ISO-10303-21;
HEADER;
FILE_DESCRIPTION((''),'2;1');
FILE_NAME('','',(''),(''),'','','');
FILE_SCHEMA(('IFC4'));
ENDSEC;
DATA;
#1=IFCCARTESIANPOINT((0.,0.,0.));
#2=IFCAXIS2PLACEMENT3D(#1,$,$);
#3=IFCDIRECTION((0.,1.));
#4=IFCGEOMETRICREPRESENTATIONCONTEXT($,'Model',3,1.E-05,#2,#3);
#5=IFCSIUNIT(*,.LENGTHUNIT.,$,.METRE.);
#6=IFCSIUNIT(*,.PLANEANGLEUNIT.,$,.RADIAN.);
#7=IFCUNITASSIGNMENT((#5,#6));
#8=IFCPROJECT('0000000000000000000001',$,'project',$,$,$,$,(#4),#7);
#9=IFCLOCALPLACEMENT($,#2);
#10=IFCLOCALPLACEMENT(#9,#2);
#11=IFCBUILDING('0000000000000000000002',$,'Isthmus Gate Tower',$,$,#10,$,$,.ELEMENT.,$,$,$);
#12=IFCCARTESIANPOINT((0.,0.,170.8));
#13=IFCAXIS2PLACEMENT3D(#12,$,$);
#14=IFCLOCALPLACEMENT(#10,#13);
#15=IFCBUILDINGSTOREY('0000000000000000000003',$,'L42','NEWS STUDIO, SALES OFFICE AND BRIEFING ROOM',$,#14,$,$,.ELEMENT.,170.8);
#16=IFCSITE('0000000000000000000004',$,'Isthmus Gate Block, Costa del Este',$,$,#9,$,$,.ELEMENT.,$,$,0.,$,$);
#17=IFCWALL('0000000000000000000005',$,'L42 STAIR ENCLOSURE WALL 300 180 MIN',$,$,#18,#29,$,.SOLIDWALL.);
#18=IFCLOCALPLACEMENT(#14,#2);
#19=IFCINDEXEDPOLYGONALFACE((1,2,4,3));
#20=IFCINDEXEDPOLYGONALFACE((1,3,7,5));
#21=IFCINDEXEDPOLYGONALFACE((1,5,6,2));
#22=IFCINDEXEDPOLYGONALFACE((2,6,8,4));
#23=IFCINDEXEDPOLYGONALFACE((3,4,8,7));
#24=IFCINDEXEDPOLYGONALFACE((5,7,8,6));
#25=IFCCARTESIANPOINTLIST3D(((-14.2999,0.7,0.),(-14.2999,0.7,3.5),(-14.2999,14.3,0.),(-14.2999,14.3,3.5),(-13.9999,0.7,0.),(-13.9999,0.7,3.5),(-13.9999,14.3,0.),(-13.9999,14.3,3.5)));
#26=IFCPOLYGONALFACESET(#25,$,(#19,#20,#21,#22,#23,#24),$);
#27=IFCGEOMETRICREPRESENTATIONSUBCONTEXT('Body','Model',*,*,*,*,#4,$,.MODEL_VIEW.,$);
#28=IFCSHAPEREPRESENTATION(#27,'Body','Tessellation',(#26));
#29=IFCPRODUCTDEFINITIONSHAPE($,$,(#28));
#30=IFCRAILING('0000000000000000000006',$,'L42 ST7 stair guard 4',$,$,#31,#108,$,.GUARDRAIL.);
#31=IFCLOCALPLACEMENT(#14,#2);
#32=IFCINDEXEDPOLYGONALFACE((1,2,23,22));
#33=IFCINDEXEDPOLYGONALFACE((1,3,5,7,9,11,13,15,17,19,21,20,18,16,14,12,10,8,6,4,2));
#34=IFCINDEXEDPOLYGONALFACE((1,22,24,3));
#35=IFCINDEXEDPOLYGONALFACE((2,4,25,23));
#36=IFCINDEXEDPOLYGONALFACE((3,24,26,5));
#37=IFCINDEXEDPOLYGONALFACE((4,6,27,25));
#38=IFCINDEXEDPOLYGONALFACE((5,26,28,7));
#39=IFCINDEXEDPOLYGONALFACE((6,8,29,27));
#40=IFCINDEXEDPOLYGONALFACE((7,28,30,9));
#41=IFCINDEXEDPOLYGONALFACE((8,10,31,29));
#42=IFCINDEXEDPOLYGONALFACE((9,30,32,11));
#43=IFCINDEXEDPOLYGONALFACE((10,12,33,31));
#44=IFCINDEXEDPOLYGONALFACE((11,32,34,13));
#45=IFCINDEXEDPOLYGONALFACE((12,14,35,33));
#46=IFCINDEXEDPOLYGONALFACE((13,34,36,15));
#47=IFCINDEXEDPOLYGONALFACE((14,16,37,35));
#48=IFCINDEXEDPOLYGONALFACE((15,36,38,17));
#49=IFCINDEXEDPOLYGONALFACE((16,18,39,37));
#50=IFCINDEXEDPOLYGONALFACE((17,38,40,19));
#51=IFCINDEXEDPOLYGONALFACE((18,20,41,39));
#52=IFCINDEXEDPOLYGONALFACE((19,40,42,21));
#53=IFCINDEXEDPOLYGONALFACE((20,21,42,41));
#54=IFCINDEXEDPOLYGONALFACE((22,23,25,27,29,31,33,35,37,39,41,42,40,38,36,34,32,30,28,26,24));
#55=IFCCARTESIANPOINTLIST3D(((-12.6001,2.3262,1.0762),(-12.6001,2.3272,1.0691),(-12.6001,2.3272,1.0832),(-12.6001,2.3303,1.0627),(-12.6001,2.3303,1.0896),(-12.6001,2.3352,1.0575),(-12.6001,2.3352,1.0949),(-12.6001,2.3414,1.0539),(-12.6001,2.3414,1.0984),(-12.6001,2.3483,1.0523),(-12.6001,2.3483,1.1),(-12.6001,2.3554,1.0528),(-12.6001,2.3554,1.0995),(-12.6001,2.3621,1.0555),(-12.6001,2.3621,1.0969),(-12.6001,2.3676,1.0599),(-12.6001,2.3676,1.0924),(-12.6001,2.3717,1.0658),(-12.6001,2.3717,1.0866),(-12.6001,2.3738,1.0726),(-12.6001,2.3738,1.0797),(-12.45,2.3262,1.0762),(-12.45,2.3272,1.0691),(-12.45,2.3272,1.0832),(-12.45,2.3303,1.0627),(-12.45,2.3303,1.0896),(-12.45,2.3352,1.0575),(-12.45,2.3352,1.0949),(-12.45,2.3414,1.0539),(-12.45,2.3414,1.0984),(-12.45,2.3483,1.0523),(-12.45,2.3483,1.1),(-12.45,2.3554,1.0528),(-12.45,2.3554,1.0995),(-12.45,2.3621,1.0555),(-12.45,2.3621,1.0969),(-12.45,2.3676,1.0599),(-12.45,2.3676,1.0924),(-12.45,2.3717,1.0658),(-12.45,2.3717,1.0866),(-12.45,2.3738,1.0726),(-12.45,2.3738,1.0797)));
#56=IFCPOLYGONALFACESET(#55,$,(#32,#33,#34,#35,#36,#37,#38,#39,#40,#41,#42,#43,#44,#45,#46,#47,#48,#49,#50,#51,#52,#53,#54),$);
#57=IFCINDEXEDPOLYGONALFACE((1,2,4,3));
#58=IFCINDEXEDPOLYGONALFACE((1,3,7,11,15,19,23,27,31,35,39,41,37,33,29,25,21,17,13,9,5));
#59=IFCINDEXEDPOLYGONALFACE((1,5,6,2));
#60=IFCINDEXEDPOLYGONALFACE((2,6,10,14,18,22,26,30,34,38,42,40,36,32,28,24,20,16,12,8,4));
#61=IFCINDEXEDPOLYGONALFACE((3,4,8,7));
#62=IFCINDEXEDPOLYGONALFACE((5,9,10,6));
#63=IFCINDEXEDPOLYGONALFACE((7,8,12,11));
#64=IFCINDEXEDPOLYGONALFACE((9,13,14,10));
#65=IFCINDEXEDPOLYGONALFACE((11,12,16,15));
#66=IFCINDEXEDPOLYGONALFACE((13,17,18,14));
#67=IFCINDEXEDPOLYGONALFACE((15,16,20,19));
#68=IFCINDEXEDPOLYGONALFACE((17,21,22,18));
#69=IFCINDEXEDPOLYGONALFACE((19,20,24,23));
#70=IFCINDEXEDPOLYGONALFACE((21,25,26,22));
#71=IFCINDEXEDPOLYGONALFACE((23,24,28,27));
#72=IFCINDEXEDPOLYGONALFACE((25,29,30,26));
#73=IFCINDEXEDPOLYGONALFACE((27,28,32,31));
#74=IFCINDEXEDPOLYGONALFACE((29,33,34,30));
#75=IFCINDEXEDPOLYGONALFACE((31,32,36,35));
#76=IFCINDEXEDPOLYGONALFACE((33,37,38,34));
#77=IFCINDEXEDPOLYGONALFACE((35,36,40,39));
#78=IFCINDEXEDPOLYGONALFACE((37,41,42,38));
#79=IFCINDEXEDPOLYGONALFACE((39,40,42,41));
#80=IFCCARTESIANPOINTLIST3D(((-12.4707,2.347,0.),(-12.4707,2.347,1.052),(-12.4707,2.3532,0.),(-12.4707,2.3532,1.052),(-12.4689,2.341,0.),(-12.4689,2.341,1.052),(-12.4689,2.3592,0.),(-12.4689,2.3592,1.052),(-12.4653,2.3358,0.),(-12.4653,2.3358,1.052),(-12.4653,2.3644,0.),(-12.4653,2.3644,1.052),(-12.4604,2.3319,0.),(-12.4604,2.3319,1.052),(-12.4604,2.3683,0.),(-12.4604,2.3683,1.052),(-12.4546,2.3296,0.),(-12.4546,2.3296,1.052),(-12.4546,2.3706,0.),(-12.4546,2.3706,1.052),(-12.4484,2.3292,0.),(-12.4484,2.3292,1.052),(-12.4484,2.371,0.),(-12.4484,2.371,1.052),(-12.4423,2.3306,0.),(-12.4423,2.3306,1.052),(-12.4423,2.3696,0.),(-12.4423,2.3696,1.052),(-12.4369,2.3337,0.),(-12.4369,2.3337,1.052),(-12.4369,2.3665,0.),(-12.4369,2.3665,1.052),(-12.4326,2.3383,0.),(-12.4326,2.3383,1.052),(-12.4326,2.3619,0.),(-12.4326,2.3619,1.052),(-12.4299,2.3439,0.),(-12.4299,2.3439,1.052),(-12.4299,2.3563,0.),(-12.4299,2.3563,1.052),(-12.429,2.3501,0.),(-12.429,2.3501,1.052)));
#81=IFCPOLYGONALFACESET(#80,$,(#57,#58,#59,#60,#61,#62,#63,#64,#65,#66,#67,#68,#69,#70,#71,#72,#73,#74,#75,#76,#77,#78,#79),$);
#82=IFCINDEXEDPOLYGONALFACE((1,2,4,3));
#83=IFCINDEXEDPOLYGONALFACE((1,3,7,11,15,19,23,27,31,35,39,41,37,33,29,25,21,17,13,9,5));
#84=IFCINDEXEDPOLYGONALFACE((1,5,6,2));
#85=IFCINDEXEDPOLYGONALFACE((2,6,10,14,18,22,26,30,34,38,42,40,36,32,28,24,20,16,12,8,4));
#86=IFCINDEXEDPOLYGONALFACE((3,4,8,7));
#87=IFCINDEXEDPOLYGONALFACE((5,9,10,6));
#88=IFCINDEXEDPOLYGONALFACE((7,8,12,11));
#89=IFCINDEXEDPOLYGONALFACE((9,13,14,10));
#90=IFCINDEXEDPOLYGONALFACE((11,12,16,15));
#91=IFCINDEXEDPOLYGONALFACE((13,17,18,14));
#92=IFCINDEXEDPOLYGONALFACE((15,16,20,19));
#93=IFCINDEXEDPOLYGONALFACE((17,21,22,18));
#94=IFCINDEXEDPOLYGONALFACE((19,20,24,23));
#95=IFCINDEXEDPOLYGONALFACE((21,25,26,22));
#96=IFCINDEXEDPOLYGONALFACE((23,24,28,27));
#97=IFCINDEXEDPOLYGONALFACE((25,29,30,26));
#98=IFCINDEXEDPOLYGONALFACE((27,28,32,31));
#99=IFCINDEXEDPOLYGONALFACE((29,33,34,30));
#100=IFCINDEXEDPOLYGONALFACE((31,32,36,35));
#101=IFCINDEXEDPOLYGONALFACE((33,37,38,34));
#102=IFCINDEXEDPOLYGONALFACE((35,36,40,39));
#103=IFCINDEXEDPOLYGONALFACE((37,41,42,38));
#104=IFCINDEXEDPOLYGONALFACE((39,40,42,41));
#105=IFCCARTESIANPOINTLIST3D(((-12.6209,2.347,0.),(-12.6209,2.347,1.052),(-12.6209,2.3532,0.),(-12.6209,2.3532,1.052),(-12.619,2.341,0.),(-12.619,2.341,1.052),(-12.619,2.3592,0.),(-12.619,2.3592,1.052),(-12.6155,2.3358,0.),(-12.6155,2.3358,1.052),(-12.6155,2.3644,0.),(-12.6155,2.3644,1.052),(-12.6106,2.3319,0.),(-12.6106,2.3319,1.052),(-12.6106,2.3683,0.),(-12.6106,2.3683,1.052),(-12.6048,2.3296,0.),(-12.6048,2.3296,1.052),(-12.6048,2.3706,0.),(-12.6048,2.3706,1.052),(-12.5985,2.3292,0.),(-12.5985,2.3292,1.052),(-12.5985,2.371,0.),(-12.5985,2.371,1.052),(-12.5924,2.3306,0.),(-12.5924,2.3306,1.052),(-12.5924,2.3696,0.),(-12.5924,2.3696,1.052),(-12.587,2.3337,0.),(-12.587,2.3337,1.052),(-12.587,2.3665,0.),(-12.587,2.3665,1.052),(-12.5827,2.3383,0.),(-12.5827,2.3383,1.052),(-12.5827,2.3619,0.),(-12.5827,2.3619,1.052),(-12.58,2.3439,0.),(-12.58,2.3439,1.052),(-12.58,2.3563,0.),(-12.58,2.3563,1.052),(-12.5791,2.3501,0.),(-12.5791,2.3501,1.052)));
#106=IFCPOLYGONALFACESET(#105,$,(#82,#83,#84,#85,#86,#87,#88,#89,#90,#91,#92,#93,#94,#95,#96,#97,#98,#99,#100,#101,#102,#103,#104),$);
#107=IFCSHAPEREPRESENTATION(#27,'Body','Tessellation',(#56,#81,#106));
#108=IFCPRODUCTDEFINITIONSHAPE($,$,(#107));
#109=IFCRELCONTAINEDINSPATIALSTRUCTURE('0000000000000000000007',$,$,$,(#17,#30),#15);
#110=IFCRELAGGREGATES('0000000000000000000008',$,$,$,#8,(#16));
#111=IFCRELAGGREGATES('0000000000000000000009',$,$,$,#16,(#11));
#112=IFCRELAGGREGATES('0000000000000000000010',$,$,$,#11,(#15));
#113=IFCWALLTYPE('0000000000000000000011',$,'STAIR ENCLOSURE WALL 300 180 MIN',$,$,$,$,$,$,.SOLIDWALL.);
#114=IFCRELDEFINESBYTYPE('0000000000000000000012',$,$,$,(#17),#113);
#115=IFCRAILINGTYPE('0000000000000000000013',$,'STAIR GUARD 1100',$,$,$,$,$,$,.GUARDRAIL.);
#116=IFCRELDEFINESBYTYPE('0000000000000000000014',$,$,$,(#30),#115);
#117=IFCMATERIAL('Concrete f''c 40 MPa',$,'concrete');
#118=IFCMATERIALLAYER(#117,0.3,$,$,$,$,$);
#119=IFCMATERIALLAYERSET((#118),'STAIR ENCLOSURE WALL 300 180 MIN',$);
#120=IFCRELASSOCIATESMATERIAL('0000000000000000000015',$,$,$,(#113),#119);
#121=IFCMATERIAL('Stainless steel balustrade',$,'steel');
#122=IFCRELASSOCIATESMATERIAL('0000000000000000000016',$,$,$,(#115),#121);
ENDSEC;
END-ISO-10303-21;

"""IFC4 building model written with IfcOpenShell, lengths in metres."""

from ifc_helpers import new_model, si_unit, direction, frame, frame_2d, origin, origin_2d, place, context, subcontext, project, spatial, rectangle, circle, extrude, material, layer, layer_set, type_object, element, save


model = new_model("IFC4")

# Units and contexts
model_context = context("Model", 3, precision=1e-05, world=origin(), true_north=direction((0.0, 1.0)))
body_context = subcontext(model_context, "Body", "Model", "MODEL_VIEW")
ifc_project = project(units=[si_unit("LENGTHUNIT", "METRE"), si_unit("PLANEANGLEUNIT", "RADIAN")], contexts=[model_context])

# Site, building, storey
site_placement = place(None, origin())
site = spatial("IfcSite", under=ifc_project, at=site_placement, Name="Isthmus Gate Block, Costa del Este", CompositionType="ELEMENT", RefElevation=0.0)
building_placement = place(site_placement, origin())
building = spatial("IfcBuilding", under=site, at=building_placement, Name="Isthmus Gate Tower", CompositionType="ELEMENT")
storey_placement = place(building_placement, frame((0.0, 0.0, 170.8)))
storey = spatial("IfcBuildingStorey", under=building, at=storey_placement, Name="L42", Description="NEWS STUDIO, SALES OFFICE AND BRIEFING ROOM", CompositionType="ELEMENT", Elevation=170.8)

# Wall
ifc_material_1 = material(Name="Concrete f'c 40 MPa", Category="concrete")
ifc_layer_1 = layer(ifc_material_1, 0.3)
ifc_layer_set_1 = layer_set([ifc_layer_1], Name="STAIR ENCLOSURE WALL 300 180 MIN")
wall_type_1 = type_object("IfcWallType", Name="STAIR ENCLOSURE WALL 300 180 MIN", PredefinedType="SOLIDWALL", material=ifc_layer_set_1)
wall_1_placement = place(storey_placement, frame((-14.1499, 0.7, 0.0), z_axis=(0.0, 0.0, 1.0), x_axis=(0.0, 1.0, 0.0)))
element("IfcWall", 1, at=wall_1_placement, inside=storey, type_object=wall_type_1, Name="L42 STAIR ENCLOSURE WALL 300 180 MIN", PredefinedType="SOLIDWALL", context=body_context, shape_type="SweptSolid", body=[
    extrude(rectangle(XDim=13.6001, YDim=0.3, at=frame_2d((6.8, 0.0))), origin(), (0.0, 0.0, 1.0), 3.5),
])

# Railing
ifc_material_2 = material(Name="Stainless steel balustrade", Category="steel")
railing_type_1 = type_object("IfcRailingType", Name="STAIR GUARD 1100", PredefinedType="GUARDRAIL", material=ifc_material_2)
railing_1_placement = place(storey_placement, frame((-12.45, 2.3501, 0.0)))
element("IfcRailing", 2, at=railing_1_placement, inside=storey, type_object=railing_type_1, Name="L42 ST7 stair guard 4", PredefinedType="GUARDRAIL", context=body_context, shape_type="SweptSolid", body=[
    extrude(circle(Radius=0.0239, at=origin_2d()), frame((0.0, 0.0, 1.0762), z_axis=(-1.0, 0.0, 0.0), x_axis=(0.0, -1.0, 0.0)), (0.0, 0.0, 1.0), 0.1501),
    extrude(circle(Radius=0.021, at=origin_2d()), origin(), (0.0, 0.0, 1.0), 1.052),
    extrude(circle(Radius=0.021, at=origin_2d()), frame((-0.1501, 0.0, 0.0)), (0.0, 0.0, 1.0), 1.052),
])

save(model, "model.ifc")
